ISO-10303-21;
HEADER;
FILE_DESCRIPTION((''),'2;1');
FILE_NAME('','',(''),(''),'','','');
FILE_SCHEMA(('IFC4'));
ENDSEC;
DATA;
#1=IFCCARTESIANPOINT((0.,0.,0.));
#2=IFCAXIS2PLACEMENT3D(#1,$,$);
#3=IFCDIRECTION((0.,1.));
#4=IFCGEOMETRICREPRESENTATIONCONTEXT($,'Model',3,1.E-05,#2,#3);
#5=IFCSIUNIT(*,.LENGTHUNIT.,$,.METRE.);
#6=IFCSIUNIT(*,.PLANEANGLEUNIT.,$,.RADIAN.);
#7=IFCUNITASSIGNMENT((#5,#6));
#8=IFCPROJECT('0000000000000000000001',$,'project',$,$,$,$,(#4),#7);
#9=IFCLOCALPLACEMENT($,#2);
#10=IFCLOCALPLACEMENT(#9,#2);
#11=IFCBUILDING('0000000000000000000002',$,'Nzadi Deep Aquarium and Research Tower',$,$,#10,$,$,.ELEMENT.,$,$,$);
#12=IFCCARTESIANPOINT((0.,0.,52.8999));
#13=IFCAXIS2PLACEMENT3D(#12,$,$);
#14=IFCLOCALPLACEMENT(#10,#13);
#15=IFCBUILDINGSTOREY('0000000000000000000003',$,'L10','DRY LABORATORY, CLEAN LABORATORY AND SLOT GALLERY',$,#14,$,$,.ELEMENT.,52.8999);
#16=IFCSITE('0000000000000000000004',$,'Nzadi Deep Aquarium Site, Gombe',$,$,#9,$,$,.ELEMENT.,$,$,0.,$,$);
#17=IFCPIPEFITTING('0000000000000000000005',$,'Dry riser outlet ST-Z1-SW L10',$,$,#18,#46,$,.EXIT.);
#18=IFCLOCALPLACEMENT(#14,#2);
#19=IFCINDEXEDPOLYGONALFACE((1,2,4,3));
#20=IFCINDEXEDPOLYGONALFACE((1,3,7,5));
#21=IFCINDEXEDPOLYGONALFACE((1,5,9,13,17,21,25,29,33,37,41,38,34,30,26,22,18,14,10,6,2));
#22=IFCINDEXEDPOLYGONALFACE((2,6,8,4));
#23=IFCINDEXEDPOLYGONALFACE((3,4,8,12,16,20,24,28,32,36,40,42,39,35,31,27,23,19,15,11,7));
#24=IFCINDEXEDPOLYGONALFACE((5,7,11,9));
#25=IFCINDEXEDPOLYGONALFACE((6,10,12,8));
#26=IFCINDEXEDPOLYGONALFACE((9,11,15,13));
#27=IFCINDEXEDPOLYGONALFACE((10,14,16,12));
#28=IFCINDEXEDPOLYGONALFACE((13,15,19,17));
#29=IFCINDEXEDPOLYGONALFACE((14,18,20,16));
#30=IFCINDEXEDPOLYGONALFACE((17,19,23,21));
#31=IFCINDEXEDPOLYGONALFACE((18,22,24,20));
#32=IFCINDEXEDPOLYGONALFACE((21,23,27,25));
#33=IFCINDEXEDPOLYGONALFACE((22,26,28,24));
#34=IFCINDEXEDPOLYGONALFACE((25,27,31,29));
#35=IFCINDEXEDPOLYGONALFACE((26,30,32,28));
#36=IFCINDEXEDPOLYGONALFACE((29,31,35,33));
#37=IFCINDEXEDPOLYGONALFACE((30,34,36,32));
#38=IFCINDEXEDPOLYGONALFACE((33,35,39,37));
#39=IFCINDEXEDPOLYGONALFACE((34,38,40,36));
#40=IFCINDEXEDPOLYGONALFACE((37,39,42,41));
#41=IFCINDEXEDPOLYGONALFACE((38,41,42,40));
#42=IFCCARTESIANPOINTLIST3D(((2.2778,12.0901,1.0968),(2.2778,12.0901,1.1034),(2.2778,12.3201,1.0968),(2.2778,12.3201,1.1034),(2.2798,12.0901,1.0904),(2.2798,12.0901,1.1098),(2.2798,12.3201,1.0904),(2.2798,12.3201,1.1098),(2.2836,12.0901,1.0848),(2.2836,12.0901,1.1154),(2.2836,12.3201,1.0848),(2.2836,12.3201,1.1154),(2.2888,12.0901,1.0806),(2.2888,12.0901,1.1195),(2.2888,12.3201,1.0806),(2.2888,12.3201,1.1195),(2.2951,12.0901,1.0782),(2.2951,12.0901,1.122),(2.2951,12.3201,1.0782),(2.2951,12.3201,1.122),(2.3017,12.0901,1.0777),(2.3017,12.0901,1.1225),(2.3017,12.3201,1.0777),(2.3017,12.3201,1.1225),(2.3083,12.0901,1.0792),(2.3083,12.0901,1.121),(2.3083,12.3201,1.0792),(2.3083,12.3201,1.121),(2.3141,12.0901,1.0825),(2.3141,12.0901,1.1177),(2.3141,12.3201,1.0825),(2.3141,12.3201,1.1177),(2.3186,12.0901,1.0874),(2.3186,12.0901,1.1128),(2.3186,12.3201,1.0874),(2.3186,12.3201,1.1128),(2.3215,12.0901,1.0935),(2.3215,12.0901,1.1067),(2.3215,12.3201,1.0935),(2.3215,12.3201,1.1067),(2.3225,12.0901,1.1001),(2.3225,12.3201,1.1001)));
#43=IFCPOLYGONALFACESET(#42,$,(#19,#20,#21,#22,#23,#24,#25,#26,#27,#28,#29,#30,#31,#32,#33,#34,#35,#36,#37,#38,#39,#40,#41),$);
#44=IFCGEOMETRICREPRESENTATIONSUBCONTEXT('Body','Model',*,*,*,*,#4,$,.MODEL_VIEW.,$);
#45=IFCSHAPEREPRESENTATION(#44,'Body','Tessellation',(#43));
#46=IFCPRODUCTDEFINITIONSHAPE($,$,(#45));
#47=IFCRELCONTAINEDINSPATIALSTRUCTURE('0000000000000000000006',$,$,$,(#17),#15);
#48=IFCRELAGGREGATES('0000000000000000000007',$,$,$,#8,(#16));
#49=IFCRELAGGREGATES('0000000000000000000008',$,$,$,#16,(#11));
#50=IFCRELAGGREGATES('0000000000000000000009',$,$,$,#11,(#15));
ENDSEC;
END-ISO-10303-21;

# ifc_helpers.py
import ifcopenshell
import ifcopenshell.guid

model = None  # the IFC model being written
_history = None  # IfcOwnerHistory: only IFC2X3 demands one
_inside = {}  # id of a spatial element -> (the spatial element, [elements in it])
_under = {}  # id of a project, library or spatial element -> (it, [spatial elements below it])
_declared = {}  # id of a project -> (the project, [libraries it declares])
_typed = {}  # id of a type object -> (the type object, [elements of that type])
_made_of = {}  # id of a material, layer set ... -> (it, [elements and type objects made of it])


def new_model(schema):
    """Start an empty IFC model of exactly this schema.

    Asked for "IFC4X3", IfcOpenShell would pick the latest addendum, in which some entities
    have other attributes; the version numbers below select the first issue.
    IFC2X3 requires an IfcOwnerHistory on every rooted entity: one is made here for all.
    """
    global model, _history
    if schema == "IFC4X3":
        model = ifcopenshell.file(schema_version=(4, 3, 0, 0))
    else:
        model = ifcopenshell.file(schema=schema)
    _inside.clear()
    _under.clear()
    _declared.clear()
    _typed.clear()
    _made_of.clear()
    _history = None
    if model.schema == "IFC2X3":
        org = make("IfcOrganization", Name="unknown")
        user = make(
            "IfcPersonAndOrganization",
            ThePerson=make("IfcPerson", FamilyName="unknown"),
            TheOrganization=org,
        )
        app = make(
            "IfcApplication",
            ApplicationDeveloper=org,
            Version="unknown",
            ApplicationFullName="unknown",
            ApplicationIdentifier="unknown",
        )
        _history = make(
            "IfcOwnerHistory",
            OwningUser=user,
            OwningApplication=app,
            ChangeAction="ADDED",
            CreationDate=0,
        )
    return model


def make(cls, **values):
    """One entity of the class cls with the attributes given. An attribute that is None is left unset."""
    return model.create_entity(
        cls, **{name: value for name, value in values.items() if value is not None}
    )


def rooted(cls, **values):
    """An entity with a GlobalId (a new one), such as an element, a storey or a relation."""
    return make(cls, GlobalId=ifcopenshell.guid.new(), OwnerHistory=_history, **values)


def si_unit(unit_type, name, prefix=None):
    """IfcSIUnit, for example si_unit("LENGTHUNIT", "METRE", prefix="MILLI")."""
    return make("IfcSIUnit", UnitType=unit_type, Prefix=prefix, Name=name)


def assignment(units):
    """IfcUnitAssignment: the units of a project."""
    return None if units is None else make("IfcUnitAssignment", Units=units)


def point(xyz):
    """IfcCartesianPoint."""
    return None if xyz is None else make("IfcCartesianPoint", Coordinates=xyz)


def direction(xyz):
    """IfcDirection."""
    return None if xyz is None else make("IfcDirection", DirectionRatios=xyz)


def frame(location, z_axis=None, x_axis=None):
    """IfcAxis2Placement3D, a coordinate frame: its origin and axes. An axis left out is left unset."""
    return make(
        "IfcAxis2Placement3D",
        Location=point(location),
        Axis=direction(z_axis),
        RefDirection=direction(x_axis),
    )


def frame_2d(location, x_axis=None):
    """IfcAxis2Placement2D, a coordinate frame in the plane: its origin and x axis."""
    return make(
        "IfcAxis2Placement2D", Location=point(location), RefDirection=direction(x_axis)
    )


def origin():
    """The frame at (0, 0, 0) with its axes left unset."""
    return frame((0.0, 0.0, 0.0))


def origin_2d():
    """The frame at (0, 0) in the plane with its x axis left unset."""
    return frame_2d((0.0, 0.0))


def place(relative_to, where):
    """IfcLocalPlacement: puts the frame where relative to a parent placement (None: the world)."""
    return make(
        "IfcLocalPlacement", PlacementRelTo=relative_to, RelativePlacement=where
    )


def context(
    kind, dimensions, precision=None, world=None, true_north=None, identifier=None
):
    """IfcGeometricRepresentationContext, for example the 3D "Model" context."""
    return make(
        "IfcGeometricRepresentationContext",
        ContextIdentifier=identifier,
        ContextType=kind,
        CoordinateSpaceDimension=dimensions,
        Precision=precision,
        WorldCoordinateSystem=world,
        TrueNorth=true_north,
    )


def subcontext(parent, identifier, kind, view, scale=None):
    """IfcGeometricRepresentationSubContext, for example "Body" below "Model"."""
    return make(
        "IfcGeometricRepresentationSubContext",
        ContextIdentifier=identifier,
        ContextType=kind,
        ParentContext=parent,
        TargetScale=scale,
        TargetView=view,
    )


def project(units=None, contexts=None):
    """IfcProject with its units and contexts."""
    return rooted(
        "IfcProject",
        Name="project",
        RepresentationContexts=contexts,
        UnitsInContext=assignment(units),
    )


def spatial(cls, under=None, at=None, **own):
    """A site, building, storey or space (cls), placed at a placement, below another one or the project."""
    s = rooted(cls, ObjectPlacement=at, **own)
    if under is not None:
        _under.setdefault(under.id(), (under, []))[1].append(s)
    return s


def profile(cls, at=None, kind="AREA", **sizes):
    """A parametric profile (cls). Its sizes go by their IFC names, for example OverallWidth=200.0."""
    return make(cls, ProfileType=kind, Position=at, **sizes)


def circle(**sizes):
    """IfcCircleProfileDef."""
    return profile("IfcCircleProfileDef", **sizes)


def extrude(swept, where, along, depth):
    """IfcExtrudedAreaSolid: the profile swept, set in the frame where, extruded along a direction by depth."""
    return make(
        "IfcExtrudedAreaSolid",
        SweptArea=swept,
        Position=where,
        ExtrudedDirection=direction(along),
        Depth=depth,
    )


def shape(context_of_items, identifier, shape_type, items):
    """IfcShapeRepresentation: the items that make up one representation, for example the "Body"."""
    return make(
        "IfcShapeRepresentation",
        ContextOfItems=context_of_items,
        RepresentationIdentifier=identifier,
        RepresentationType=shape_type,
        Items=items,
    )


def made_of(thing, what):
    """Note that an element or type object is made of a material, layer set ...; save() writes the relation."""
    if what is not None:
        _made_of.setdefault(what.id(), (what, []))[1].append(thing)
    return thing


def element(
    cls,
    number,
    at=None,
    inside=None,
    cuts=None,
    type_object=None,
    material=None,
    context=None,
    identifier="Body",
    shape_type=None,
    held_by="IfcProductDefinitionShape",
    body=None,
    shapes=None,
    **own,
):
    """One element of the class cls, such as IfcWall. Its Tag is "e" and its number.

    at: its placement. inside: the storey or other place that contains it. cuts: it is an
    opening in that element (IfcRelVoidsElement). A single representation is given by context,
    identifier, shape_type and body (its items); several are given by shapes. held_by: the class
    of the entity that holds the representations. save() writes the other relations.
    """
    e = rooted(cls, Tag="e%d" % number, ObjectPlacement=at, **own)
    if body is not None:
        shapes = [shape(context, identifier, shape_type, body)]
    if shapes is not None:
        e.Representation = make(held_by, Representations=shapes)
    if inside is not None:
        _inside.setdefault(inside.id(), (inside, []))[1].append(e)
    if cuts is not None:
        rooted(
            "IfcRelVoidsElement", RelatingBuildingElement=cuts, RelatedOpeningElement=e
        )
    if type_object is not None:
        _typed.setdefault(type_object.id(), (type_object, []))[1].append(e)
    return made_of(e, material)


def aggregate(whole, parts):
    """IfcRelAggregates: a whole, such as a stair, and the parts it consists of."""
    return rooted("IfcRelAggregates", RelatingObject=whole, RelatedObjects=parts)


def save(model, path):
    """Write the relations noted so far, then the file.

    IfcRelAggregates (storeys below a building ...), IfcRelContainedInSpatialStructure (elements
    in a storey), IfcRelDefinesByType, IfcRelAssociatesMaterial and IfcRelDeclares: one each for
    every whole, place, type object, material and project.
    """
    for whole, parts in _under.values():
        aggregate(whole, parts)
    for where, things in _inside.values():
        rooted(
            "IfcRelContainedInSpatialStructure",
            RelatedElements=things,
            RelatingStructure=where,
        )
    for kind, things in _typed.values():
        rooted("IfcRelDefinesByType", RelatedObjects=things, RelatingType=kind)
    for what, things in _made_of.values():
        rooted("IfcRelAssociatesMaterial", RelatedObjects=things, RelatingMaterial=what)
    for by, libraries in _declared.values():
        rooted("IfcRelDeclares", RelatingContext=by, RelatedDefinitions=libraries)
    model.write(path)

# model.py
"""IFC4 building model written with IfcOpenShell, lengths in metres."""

from ifc_helpers import new_model, si_unit, direction, frame, origin, origin_2d, place, context, subcontext, project, spatial, circle, extrude, element, save


model = new_model("IFC4")

# Units and contexts
model_context = context("Model", 3, precision=1e-05, world=origin(), true_north=direction((0.0, 1.0)))
body_context = subcontext(model_context, "Body", "Model", "MODEL_VIEW")
ifc_project = project(units=[si_unit("LENGTHUNIT", "METRE"), si_unit("PLANEANGLEUNIT", "RADIAN")], contexts=[model_context])

# Site, building, storey
site_placement = place(None, origin())
site = spatial("IfcSite", under=ifc_project, at=site_placement, Name="Nzadi Deep Aquarium Site, Gombe", CompositionType="ELEMENT", RefElevation=0.0)
building_placement = place(site_placement, origin())
building = spatial("IfcBuilding", under=site, at=building_placement, Name="Nzadi Deep Aquarium and Research Tower", CompositionType="ELEMENT")
storey_placement = place(building_placement, frame((0.0, 0.0, 52.8999)))
storey = spatial("IfcBuildingStorey", under=building, at=storey_placement, Name="L10", Description="DRY LABORATORY, CLEAN LABORATORY AND SLOT GALLERY", CompositionType="ELEMENT", Elevation=52.8999)

# Pipe fitting
pipe_fitting_placement = place(storey_placement, frame((2.3, 12.3201, 1.1001), z_axis=(0.0, -1.0, 0.0), x_axis=(1.0, 0.0, 0.0)))
element("IfcPipeFitting", 1, at=pipe_fitting_placement, inside=storey, Name="Dry riser outlet ST-Z1-SW L10", PredefinedType="EXIT", context=body_context, shape_type="SweptSolid", body=[
    extrude(circle(Radius=0.0225, at=origin_2d()), origin(), (0.0, 0.0, 1.0), 0.23),
])

save(model, "model.ifc")
